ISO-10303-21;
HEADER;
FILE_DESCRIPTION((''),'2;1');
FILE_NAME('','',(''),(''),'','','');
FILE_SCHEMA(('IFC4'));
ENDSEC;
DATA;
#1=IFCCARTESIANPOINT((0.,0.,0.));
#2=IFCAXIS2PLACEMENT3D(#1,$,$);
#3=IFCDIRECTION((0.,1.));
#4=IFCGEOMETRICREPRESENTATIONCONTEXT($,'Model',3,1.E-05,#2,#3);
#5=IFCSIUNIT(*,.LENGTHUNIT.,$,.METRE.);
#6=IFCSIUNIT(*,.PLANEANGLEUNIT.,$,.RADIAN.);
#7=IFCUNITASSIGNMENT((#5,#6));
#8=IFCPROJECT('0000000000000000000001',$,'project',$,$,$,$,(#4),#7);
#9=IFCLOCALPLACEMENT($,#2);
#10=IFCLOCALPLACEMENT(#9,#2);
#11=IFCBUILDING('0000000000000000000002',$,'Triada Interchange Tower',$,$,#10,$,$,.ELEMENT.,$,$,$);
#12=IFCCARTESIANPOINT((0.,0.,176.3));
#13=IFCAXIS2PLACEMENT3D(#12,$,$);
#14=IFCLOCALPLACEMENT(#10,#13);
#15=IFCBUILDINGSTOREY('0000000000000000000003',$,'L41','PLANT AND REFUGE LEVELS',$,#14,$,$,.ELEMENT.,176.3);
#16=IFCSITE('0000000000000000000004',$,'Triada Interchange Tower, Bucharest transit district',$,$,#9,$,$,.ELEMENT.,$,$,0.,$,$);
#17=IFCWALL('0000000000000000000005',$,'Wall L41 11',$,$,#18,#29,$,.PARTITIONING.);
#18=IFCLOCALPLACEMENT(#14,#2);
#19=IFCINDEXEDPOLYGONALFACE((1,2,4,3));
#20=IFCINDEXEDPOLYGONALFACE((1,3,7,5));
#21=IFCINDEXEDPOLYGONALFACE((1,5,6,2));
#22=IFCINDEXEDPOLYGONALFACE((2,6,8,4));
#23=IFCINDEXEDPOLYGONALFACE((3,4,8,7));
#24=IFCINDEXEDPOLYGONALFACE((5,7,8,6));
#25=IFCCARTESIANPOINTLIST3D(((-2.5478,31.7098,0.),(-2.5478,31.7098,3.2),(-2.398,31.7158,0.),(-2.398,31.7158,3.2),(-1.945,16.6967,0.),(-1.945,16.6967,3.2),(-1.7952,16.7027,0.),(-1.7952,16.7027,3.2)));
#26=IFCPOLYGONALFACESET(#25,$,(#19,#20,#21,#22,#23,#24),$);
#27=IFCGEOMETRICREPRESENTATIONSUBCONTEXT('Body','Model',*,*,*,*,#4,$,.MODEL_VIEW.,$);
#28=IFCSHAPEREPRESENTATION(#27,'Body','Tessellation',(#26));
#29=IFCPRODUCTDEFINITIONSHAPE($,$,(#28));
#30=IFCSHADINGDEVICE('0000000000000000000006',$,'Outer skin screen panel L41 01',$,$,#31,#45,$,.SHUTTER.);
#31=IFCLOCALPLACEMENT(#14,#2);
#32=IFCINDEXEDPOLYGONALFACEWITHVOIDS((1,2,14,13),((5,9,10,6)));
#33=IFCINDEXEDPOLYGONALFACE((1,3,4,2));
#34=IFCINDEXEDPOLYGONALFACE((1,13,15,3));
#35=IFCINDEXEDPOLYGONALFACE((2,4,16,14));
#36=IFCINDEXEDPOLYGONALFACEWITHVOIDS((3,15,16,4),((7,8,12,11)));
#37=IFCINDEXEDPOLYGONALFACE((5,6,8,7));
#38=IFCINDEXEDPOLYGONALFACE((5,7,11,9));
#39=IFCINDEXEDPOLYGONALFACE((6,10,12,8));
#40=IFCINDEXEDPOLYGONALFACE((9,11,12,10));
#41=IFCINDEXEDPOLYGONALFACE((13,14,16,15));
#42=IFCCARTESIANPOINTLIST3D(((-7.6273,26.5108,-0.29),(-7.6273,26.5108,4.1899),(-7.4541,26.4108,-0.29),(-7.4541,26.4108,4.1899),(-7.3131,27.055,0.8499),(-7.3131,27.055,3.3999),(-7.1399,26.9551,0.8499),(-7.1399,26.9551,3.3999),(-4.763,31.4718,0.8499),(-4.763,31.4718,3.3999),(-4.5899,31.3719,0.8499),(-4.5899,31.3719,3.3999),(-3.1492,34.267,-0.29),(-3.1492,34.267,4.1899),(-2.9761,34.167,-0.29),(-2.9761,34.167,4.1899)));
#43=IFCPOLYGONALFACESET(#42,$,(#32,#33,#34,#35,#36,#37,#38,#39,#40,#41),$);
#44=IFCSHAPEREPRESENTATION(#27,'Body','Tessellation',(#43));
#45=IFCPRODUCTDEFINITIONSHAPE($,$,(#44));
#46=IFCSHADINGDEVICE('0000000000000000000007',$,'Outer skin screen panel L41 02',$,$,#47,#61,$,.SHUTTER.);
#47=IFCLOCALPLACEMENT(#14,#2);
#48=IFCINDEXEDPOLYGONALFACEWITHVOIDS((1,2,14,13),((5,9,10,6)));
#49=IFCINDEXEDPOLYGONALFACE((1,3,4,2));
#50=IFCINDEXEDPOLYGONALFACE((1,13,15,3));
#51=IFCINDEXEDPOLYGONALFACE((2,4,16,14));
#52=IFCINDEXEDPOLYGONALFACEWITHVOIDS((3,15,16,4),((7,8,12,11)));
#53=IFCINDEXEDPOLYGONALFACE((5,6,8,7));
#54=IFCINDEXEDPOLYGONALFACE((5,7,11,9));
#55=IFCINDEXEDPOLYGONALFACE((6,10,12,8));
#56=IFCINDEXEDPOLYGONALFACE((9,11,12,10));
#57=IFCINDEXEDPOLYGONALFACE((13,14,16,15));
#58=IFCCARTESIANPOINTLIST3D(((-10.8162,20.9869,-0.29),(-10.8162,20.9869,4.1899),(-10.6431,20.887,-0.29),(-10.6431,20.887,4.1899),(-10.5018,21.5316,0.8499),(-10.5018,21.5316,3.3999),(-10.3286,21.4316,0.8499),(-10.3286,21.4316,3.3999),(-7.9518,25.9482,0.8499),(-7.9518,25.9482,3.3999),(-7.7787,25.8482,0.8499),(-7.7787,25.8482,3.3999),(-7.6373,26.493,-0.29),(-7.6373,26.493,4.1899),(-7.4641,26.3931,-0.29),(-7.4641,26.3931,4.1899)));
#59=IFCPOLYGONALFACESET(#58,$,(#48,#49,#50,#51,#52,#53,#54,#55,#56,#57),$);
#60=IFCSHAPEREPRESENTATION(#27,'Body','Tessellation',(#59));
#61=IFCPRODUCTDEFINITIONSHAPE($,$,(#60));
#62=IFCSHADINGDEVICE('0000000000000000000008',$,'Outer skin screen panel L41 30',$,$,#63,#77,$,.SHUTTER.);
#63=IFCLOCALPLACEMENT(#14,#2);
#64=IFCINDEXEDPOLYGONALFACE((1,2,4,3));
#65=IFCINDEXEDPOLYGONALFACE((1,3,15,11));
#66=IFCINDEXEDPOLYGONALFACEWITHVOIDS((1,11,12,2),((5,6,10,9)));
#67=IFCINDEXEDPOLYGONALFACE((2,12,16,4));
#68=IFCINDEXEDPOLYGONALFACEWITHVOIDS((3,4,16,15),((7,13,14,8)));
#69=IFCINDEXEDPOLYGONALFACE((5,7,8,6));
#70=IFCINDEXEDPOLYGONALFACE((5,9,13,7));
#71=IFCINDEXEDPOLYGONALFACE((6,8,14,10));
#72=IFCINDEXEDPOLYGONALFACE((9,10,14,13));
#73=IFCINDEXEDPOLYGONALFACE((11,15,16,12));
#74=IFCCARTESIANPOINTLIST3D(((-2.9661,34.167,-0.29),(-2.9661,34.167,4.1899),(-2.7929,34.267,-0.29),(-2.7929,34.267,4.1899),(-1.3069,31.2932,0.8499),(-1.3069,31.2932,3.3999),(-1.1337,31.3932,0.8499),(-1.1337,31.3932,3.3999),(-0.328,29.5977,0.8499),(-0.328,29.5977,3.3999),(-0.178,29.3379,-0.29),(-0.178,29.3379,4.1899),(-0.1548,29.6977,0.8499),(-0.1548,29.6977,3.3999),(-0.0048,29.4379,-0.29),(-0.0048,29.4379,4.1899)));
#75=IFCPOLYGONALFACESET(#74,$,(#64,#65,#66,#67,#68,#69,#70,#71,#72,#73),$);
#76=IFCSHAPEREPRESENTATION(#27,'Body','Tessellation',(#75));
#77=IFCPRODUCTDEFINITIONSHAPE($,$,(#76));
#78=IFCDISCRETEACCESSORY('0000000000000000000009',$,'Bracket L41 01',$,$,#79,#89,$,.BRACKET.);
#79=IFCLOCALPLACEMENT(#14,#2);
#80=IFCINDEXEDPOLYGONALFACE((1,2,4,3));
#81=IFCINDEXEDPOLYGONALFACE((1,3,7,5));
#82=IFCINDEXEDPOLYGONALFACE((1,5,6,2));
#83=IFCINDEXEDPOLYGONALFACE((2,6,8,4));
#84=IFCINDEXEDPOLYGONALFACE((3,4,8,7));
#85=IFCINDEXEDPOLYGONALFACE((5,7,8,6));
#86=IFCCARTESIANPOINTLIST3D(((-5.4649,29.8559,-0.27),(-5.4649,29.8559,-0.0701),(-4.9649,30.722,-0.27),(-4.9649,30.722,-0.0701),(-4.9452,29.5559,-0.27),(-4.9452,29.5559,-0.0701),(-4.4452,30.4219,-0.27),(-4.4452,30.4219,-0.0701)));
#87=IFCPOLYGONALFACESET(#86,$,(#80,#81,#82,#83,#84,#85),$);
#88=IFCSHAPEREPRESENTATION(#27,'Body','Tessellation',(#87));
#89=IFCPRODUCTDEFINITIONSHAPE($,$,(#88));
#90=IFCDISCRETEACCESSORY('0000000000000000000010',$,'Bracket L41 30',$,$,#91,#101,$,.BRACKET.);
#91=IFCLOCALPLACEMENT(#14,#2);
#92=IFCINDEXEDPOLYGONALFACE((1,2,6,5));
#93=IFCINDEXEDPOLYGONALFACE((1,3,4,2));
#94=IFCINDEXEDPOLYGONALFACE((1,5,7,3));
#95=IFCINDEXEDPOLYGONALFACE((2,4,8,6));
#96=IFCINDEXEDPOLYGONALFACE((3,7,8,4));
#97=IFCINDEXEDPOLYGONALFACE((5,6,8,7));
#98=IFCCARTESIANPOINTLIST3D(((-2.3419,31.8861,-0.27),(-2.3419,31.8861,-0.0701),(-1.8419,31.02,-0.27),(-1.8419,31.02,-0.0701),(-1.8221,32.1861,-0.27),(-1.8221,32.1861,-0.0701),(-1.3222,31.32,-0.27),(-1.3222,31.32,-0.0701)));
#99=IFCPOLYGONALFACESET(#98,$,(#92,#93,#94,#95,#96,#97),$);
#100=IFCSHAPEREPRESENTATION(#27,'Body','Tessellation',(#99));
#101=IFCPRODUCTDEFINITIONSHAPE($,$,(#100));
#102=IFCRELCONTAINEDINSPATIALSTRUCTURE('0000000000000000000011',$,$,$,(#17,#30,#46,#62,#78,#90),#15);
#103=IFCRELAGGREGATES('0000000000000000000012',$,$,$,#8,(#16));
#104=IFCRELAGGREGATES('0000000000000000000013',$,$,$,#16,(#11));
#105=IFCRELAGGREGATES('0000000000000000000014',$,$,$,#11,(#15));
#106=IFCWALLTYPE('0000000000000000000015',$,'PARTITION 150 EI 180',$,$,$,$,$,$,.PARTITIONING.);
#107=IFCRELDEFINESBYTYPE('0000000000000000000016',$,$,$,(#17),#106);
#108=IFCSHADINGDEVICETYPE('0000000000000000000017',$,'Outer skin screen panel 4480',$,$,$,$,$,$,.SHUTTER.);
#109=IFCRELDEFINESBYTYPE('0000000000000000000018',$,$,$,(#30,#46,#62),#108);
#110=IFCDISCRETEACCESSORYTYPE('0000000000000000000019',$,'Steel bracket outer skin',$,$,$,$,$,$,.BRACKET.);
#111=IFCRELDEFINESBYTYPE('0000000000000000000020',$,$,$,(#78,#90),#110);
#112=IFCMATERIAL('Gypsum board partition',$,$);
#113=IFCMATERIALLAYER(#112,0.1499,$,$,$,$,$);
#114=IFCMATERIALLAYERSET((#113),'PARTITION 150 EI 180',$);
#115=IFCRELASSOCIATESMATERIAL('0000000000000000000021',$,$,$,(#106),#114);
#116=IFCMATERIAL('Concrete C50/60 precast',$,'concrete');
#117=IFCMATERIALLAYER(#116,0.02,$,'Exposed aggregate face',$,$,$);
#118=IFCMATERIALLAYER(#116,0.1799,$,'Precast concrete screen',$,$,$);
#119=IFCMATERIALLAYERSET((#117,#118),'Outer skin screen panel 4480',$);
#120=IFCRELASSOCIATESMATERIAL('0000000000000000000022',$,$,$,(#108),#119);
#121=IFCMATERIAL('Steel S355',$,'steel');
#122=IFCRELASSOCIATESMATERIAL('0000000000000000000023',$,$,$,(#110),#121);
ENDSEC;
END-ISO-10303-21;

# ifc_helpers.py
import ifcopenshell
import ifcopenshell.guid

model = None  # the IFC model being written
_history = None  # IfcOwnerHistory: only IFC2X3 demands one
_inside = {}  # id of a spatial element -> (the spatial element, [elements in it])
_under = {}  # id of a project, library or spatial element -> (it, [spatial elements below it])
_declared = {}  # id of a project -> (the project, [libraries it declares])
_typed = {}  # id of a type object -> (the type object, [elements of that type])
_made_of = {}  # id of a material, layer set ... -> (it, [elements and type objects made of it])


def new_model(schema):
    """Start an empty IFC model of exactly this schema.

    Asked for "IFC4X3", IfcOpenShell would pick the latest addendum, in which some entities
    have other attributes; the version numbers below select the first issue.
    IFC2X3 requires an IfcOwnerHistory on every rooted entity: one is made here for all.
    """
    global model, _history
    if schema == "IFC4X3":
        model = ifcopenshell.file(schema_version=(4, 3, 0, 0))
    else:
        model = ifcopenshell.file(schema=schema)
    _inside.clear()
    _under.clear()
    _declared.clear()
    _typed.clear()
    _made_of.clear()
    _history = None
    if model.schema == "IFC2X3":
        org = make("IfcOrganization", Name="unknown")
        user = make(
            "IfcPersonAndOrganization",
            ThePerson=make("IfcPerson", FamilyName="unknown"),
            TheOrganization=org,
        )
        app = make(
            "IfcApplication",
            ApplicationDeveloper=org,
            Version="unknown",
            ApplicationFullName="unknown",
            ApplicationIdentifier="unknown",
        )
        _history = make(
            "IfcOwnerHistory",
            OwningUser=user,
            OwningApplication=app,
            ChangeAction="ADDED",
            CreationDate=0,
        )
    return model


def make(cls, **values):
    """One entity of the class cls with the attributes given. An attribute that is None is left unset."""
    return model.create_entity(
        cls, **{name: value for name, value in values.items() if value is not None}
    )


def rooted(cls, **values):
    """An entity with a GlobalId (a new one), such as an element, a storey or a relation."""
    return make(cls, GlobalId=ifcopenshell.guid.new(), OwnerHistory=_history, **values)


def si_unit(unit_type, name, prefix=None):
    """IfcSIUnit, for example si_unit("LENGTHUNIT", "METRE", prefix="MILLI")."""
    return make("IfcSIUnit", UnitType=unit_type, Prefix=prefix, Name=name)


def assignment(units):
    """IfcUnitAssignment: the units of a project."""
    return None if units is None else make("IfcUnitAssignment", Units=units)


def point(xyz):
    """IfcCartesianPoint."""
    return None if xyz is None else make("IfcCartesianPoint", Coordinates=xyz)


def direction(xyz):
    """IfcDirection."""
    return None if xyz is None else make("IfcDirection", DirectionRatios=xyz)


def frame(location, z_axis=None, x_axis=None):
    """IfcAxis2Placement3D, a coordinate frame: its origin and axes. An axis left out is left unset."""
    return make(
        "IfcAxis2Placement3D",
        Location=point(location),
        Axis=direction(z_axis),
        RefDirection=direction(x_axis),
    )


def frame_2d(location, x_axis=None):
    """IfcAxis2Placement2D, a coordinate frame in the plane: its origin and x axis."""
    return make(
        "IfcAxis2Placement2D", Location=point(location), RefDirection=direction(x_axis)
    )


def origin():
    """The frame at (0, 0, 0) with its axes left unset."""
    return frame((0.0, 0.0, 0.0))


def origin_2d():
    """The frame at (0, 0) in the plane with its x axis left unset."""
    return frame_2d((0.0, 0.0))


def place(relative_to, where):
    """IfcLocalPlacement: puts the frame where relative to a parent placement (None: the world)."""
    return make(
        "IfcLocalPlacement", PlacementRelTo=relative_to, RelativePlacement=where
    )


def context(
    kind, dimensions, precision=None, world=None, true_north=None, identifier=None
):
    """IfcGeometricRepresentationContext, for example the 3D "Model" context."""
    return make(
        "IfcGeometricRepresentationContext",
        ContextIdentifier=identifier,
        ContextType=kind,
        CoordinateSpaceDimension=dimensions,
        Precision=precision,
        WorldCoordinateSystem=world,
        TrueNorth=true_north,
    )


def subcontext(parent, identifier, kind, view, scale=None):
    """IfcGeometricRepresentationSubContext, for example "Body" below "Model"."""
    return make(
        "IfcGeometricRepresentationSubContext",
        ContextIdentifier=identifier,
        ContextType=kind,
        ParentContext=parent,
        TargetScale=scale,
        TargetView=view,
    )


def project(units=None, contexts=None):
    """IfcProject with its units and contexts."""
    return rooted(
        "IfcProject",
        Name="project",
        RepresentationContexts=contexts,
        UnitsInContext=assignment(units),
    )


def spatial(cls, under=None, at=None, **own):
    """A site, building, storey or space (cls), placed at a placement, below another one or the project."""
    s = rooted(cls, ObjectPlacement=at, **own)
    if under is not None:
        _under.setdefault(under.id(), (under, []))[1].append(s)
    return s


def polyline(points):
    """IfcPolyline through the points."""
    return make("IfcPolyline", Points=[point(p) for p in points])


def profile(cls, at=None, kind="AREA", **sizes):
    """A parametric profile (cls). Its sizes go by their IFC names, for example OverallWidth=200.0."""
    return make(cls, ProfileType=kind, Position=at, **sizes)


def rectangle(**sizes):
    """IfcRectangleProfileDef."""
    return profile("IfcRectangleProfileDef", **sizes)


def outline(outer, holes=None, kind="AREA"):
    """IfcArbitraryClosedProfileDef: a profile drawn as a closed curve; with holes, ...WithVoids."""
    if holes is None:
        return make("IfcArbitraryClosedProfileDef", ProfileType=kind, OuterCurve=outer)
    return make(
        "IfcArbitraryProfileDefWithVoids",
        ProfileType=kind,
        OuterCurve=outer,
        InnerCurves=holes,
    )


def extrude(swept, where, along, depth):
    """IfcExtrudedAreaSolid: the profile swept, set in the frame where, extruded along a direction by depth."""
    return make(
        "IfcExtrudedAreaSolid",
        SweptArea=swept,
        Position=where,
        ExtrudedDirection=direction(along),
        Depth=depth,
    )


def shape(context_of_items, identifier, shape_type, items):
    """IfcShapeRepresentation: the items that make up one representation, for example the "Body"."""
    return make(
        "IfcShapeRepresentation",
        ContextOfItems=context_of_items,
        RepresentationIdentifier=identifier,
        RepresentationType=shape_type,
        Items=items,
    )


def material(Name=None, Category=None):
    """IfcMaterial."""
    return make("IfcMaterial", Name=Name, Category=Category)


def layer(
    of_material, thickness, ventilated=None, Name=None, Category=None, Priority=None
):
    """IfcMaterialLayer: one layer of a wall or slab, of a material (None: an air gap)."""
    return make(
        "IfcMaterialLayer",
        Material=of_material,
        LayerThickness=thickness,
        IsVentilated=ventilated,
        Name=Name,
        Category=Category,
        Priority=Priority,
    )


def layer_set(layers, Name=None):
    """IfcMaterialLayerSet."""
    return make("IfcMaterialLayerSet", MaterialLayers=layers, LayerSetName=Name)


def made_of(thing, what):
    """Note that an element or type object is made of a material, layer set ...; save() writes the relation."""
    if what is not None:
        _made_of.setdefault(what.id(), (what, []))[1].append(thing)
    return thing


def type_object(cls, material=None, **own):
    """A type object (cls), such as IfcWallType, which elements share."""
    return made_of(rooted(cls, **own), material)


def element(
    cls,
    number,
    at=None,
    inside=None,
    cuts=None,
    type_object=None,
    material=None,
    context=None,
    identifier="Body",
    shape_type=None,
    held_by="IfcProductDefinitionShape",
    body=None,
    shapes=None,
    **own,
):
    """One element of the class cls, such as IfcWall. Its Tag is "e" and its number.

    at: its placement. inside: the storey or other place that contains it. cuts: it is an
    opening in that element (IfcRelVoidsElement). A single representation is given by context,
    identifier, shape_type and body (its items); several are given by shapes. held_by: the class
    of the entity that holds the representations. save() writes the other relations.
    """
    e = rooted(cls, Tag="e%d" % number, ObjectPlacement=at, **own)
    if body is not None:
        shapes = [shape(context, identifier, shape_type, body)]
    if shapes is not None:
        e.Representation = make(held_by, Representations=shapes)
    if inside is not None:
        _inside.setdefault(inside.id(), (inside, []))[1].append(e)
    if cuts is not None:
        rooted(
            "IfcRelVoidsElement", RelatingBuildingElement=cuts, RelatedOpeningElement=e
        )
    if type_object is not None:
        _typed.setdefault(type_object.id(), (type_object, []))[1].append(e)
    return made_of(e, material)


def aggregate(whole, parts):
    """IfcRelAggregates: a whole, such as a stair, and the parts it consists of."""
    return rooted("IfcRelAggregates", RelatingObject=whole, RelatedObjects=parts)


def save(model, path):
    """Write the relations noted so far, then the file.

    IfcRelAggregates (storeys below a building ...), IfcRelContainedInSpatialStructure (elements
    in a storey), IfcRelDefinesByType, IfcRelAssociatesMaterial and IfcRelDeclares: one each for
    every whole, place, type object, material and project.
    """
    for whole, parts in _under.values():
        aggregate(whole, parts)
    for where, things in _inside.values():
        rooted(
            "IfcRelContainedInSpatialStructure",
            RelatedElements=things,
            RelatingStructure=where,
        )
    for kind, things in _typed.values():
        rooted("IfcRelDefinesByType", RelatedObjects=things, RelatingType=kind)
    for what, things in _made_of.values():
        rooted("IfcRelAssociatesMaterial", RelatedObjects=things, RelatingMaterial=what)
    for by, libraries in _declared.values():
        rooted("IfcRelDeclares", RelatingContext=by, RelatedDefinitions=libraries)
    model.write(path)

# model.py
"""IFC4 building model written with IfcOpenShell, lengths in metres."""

from ifc_helpers import new_model, si_unit, direction, frame, frame_2d, origin, origin_2d, place, context, subcontext, project, spatial, polyline, rectangle, outline, extrude, material, layer, layer_set, type_object, element, save


model = new_model("IFC4")

# Units and contexts
model_context = context("Model", 3, precision=1e-05, world=origin(), true_north=direction((0.0, 1.0)))
body_context = subcontext(model_context, "Body", "Model", "MODEL_VIEW")
ifc_project = project(units=[si_unit("LENGTHUNIT", "METRE"), si_unit("PLANEANGLEUNIT", "RADIAN")], contexts=[model_context])

# Site, building, storey
site_placement = place(None, origin())
site = spatial("IfcSite", under=ifc_project, at=site_placement, Name="Triada Interchange Tower, Bucharest transit district", CompositionType="ELEMENT", RefElevation=0.0)
building_placement = place(site_placement, origin())
building = spatial("IfcBuilding", under=site, at=building_placement, Name="Triada Interchange Tower", CompositionType="ELEMENT")
storey_placement = place(building_placement, frame((0.0, 0.0, 176.3)))
storey = spatial("IfcBuildingStorey", under=building, at=storey_placement, Name="L41", Description="PLANT AND REFUGE LEVELS", CompositionType="ELEMENT", Elevation=176.3)

# Shared definitions
ifc_material_1 = material(Name="Steel S355", Category="steel")

# Wall
ifc_material_2 = material(Name="Gypsum board partition")
ifc_layer_1 = layer(ifc_material_2, 0.1499)
ifc_layer_set_1 = layer_set([ifc_layer_1], Name="PARTITION 150 EI 180")
wall_type_1 = type_object("IfcWallType", Name="PARTITION 150 EI 180", PredefinedType="PARTITIONING", material=ifc_layer_set_1)
wall_1_placement = place(storey_placement, frame((-2.4729, 31.7129, 0.0), z_axis=(0.0, 0.0, 1.0), x_axis=(0.040119, -0.999195, 0.0)))
element("IfcWall", 1, at=wall_1_placement, inside=storey, type_object=wall_type_1, Name="Wall L41 11", PredefinedType="PARTITIONING", context=body_context, shape_type="SweptSolid", body=[
    extrude(rectangle(XDim=15.0251, YDim=0.1499, at=frame_2d((7.5127, 0.0))), origin(), (0.0, 0.0, 1.0), 3.2),
])

# Shading devices
ifc_material_3 = material(Name="Concrete C50/60 precast", Category="concrete")
ifc_layer_2 = layer(ifc_material_3, 0.02, Name="Exposed aggregate face")
ifc_layer_3 = layer(ifc_material_3, 0.1799, Name="Precast concrete screen")
ifc_layer_set_2 = layer_set([ifc_layer_2, ifc_layer_3], Name="Outer skin screen panel 4480")
shading_device_type = type_object("IfcShadingDeviceType", Name="Outer skin screen panel 4480", PredefinedType="SHUTTER", material=ifc_layer_set_2)
shading_device_1_placement = place(storey_placement, frame((-2.9761, 34.167, -0.29), z_axis=(0.0, 0.0, 1.0), x_axis=(-0.500003, -0.866024, 0.0)))
element("IfcShadingDevice", 2, at=shading_device_1_placement, inside=storey, type_object=shading_device_type, Name="Outer skin screen panel L41 01", PredefinedType="SHUTTER", context=body_context, shape_type="SweptSolid", body=[
    extrude(outline(polyline([(0.0, 0.0), (8.9561, 0.0), (8.9561, 4.48), (0.0, 4.48), (0.0, 0.0)]), holes=[polyline([(3.2275, 1.1399), (3.2275, 3.6899), (8.3276, 3.6899), (8.3276, 1.1399), (3.2275, 1.1399)])]), frame((0.0, 0.0, 0.0), z_axis=(0.0, -1.0, 0.0), x_axis=(1.0, 0.0, 0.0)), (0.0, 0.0, 1.0), 0.2),
])
shading_device_2_placement = place(storey_placement, frame((-7.4641, 26.3931, -0.29), z_axis=(0.0, 0.0, 1.0), x_axis=(-0.500001, -0.866025, 0.0)))
element("IfcShadingDevice", 3, at=shading_device_2_placement, inside=storey, type_object=shading_device_type, Name="Outer skin screen panel L41 02", PredefinedType="SHUTTER", context=body_context, shape_type="SweptSolid", body=[
    extrude(outline(polyline([(0.0, 0.0), (6.3579, 0.0), (6.3579, 4.48), (0.0, 4.48), (0.0, 0.0)]), holes=[polyline([(0.6292, 1.1399), (0.6292, 3.6899), (5.729, 3.6899), (5.729, 1.1399), (0.6292, 1.1399)])]), frame((0.0, 0.0, 0.0), z_axis=(0.0, -1.0, 0.0), x_axis=(1.0, 0.0, 0.0)), (0.0, 0.0, 1.0), 0.2),
])
shading_device_3_placement = place(storey_placement, frame((-0.178, 29.3379, -0.29), z_axis=(0.0, 0.0, 1.0), x_axis=(-0.5, 0.866025, 0.0)))
element("IfcShadingDevice", 4, at=shading_device_3_placement, inside=storey, type_object=shading_device_type, Name="Outer skin screen panel L41 30", PredefinedType="SHUTTER", context=body_context, shape_type="SweptSolid", body=[
    extrude(outline(polyline([(0.0, 0.0), (5.5762, 0.0), (5.5762, 4.48), (0.0, 4.48), (0.0, 0.0)]), holes=[polyline([(0.3, 1.1399), (0.3, 3.6899), (2.2578, 3.6899), (2.2578, 1.1399), (0.3, 1.1399)])]), frame((0.0, 0.0, 0.0), z_axis=(0.0, -1.0, 0.0), x_axis=(1.0, 0.0, 0.0)), (0.0, 0.0, 1.0), 0.2),
])

# Discrete accessories
discrete_accessory_type = type_object("IfcDiscreteAccessoryType", Name="Steel bracket outer skin", PredefinedType="BRACKET", material=ifc_material_1)
for number, where, z_axis, x_axis, name in (
    (5, (-4.9551, 30.1389, -0.27), (0.0, 0.0, 1.0), (-0.86603, 0.499993, 0.0), "Bracket L41 01"),
    (6, (-1.832, 31.603, -0.27), (0.0, 0.0, 1.0), (0.866071, 0.499922, 0.0), "Bracket L41 30"),
):
    element("IfcDiscreteAccessory", number, at=place(storey_placement, frame(where, z_axis=z_axis, x_axis=x_axis)), inside=storey, type_object=discrete_accessory_type, Name=name, PredefinedType="BRACKET", context=body_context, shape_type="SweptSolid", body=[
        extrude(rectangle(XDim=0.6001, YDim=1.0, at=origin_2d()), origin(), (0.0, 0.0, 1.0), 0.2),
    ])

save(model, "model.ifc")
